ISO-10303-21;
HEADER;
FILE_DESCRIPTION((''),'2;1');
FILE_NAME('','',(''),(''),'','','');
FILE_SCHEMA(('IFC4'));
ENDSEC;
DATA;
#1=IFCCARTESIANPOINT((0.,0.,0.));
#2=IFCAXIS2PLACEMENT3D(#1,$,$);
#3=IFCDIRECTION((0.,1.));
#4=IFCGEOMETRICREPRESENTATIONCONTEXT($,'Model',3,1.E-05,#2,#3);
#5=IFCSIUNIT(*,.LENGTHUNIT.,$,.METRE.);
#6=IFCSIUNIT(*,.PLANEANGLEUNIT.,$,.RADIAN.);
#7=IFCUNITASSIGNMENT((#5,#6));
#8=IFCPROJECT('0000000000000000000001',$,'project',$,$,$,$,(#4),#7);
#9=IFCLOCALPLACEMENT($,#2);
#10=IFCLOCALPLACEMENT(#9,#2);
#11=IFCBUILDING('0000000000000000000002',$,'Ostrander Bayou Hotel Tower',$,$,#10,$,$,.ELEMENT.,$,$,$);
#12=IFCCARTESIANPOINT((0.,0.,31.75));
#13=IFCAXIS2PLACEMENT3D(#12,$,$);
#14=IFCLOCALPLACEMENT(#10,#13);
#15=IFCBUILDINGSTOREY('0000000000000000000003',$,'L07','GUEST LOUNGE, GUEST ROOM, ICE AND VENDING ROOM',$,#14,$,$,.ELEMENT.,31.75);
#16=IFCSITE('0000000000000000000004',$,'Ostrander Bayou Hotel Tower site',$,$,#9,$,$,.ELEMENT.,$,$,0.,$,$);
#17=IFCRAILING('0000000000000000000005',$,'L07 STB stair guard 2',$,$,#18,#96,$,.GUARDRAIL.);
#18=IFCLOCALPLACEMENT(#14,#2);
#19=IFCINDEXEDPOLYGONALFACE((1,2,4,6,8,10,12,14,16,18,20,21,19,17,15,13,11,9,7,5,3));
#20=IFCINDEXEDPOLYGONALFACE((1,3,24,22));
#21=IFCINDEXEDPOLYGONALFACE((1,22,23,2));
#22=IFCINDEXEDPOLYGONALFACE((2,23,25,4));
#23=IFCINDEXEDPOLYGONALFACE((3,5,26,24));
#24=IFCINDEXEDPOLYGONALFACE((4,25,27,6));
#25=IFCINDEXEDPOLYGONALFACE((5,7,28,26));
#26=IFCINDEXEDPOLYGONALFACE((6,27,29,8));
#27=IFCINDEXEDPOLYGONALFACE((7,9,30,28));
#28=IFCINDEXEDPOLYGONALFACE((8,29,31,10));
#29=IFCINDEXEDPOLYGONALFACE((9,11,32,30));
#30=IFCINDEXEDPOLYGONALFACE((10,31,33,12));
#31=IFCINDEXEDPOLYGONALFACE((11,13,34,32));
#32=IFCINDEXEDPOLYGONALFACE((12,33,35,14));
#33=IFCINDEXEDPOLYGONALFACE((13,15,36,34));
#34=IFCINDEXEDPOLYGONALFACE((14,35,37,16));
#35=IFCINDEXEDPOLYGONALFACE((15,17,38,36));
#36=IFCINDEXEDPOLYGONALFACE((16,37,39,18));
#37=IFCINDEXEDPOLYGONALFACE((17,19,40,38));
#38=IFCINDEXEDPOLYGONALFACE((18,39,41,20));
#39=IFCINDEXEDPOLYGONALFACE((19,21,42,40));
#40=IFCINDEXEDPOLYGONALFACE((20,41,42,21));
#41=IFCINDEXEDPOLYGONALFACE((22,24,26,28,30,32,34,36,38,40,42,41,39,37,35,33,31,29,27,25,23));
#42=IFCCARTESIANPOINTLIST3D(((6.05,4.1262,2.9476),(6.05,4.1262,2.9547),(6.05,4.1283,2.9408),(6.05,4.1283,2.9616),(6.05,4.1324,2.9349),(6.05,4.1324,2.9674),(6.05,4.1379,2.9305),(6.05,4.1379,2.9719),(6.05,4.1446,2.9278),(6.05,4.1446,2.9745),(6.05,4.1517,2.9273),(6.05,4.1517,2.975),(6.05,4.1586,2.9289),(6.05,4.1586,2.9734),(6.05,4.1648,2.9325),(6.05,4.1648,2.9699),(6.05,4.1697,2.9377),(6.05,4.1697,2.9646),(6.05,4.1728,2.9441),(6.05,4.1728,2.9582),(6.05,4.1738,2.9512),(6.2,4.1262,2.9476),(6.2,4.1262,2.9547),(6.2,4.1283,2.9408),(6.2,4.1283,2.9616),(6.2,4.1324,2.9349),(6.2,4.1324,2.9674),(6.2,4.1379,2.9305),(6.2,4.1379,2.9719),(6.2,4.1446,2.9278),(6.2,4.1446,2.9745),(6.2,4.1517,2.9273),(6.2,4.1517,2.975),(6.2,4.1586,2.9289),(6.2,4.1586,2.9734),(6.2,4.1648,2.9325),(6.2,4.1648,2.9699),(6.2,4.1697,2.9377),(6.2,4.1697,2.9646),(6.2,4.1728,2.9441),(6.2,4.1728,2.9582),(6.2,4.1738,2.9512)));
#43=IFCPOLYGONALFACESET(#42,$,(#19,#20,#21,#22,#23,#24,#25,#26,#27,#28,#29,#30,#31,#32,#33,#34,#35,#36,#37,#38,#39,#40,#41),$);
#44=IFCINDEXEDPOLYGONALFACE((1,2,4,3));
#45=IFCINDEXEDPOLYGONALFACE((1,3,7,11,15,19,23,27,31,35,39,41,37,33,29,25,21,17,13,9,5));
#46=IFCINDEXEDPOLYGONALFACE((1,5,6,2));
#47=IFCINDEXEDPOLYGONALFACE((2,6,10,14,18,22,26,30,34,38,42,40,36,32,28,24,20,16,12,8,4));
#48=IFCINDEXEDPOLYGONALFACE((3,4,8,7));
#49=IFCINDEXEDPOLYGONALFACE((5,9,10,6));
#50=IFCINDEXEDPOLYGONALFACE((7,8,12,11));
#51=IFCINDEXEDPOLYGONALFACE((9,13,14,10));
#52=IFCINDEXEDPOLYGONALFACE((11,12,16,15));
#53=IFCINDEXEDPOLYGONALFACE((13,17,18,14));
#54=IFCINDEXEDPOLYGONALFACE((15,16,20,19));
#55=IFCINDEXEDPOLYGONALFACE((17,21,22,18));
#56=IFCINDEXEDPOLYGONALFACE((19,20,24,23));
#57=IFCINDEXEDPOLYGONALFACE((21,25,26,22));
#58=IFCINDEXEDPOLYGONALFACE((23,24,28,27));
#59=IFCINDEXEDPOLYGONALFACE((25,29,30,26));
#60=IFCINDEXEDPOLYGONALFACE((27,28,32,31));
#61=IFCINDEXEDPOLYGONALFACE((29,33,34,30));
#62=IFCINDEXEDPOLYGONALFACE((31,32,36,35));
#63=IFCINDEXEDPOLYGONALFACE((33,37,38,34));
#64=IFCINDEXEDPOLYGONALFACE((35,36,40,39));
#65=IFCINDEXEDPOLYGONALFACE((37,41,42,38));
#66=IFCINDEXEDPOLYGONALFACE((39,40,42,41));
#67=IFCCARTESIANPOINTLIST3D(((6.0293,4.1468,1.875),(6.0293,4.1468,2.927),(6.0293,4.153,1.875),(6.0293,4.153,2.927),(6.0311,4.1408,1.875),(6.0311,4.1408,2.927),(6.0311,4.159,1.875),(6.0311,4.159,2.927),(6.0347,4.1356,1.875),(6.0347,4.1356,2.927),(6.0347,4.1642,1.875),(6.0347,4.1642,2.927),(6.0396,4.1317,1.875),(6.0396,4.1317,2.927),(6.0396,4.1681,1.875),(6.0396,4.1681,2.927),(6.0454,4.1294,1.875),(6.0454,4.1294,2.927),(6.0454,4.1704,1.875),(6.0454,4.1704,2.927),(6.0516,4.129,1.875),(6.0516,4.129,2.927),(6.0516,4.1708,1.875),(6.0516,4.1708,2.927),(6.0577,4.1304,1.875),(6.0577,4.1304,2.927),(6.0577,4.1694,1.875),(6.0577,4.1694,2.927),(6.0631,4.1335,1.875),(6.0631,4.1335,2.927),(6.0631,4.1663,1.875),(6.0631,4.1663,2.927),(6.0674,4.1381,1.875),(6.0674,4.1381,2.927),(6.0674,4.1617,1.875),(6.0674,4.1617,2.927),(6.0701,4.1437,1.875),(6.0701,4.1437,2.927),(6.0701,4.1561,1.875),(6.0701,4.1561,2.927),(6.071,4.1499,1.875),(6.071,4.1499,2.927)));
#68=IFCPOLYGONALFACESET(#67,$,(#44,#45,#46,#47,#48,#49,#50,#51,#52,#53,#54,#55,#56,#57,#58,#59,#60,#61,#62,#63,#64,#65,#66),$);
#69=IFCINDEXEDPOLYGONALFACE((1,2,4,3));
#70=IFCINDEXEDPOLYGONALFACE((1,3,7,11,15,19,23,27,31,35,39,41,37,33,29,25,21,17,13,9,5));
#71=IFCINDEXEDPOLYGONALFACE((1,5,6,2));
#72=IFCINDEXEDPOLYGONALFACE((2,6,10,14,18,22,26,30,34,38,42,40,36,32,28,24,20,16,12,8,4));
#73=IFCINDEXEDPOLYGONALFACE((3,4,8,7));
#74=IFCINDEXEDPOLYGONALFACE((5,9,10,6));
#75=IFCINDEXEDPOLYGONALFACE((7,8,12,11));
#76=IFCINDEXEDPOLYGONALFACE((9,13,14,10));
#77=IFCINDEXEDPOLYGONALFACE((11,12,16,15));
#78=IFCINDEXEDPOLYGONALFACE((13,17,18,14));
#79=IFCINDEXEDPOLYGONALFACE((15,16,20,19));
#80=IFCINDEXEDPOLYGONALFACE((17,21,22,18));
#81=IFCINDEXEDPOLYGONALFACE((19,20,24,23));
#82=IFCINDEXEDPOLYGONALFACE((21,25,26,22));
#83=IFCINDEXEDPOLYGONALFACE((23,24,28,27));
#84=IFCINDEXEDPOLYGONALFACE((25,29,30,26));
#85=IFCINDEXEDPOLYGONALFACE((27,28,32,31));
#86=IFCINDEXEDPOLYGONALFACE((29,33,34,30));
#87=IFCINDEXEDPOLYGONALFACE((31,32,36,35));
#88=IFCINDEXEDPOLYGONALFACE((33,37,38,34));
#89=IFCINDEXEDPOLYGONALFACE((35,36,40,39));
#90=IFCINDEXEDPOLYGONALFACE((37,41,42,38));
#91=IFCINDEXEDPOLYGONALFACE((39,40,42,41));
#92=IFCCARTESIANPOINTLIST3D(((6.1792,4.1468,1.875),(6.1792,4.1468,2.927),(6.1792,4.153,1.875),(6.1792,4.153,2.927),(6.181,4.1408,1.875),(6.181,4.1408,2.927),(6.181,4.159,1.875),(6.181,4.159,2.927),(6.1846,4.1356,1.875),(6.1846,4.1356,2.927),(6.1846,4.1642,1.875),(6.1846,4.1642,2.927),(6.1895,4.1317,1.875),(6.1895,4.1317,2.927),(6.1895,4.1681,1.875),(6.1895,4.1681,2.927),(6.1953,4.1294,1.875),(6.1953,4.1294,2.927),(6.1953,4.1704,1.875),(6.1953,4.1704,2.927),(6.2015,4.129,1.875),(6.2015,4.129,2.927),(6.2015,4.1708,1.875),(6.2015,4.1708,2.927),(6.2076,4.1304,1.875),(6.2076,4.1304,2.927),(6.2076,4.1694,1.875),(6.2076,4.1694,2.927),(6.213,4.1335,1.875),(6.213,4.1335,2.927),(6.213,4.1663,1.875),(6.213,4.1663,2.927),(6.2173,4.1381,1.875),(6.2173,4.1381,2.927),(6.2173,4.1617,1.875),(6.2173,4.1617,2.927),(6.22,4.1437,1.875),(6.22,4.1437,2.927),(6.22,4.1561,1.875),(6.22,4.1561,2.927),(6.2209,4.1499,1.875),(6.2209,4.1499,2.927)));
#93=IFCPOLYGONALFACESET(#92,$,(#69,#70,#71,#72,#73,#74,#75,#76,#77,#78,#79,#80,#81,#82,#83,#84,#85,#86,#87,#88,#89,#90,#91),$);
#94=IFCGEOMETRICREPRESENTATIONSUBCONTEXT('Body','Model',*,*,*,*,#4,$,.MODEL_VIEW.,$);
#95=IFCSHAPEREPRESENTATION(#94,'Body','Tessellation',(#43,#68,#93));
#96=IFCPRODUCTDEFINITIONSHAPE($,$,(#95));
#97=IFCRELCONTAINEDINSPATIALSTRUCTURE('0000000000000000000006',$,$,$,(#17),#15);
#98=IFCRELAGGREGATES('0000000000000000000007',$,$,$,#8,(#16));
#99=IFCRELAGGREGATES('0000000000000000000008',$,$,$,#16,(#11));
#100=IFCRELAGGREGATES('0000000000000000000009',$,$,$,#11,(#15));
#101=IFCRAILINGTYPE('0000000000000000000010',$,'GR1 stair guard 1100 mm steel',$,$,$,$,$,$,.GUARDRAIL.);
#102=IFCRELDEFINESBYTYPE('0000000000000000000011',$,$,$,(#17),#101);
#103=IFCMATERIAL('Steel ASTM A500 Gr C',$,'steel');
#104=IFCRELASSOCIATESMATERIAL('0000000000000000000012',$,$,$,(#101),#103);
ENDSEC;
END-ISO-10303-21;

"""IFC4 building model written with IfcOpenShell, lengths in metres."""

from ifc_helpers import new_model, si_unit, direction, frame, origin, origin_2d, place, context, subcontext, project, spatial, circle, extrude, material, type_object, element, save


model = new_model("IFC4")

# Units and contexts
model_context = context("Model", 3, precision=1e-05, world=origin(), true_north=direction((0.0, 1.0)))
body_context = subcontext(model_context, "Body", "Model", "MODEL_VIEW")
ifc_project = project(units=[si_unit("LENGTHUNIT", "METRE"), si_unit("PLANEANGLEUNIT", "RADIAN")], contexts=[model_context])

# Site, building, storey
site_placement = place(None, origin())
site = spatial("IfcSite", under=ifc_project, at=site_placement, Name="Ostrander Bayou Hotel Tower site", CompositionType="ELEMENT", RefElevation=0.0)
building_placement = place(site_placement, origin())
building = spatial("IfcBuilding", under=site, at=building_placement, Name="Ostrander Bayou Hotel Tower", CompositionType="ELEMENT")
storey_placement = place(building_placement, frame((0.0, 0.0, 31.75)))
storey = spatial("IfcBuildingStorey", under=building, at=storey_placement, Name="L07", Description="GUEST LOUNGE, GUEST ROOM, ICE AND VENDING ROOM", CompositionType="ELEMENT", Elevation=31.75)

# Railing
ifc_material_1 = material(Name="Steel ASTM A500 Gr C", Category="steel")
railing_type_1 = type_object("IfcRailingType", Name="GR1 stair guard 1100 mm steel", PredefinedType="GUARDRAIL", material=ifc_material_1)
railing_1_placement = place(storey_placement, frame((6.05, 4.1499, 1.875)))
element("IfcRailing", 1, at=railing_1_placement, inside=storey, type_object=railing_type_1, Name="L07 STB stair guard 2", PredefinedType="GUARDRAIL", context=body_context, shape_type="SweptSolid", body=[
    extrude(circle(Radius=0.0239, at=origin_2d()), frame((0.0, 0.0, 1.0762), z_axis=(1.0, 0.0, 0.0), x_axis=(0.0, 1.0, 0.0)), (0.0, 0.0, 1.0), 0.1499),
    extrude(circle(Radius=0.021, at=origin_2d()), origin(), (0.0, 0.0, 1.0), 1.052),
    extrude(circle(Radius=0.021, at=origin_2d()), frame((0.1499, 0.0, 0.0)), (0.0, 0.0, 1.0), 1.052),
])

save(model, "model.ifc")
